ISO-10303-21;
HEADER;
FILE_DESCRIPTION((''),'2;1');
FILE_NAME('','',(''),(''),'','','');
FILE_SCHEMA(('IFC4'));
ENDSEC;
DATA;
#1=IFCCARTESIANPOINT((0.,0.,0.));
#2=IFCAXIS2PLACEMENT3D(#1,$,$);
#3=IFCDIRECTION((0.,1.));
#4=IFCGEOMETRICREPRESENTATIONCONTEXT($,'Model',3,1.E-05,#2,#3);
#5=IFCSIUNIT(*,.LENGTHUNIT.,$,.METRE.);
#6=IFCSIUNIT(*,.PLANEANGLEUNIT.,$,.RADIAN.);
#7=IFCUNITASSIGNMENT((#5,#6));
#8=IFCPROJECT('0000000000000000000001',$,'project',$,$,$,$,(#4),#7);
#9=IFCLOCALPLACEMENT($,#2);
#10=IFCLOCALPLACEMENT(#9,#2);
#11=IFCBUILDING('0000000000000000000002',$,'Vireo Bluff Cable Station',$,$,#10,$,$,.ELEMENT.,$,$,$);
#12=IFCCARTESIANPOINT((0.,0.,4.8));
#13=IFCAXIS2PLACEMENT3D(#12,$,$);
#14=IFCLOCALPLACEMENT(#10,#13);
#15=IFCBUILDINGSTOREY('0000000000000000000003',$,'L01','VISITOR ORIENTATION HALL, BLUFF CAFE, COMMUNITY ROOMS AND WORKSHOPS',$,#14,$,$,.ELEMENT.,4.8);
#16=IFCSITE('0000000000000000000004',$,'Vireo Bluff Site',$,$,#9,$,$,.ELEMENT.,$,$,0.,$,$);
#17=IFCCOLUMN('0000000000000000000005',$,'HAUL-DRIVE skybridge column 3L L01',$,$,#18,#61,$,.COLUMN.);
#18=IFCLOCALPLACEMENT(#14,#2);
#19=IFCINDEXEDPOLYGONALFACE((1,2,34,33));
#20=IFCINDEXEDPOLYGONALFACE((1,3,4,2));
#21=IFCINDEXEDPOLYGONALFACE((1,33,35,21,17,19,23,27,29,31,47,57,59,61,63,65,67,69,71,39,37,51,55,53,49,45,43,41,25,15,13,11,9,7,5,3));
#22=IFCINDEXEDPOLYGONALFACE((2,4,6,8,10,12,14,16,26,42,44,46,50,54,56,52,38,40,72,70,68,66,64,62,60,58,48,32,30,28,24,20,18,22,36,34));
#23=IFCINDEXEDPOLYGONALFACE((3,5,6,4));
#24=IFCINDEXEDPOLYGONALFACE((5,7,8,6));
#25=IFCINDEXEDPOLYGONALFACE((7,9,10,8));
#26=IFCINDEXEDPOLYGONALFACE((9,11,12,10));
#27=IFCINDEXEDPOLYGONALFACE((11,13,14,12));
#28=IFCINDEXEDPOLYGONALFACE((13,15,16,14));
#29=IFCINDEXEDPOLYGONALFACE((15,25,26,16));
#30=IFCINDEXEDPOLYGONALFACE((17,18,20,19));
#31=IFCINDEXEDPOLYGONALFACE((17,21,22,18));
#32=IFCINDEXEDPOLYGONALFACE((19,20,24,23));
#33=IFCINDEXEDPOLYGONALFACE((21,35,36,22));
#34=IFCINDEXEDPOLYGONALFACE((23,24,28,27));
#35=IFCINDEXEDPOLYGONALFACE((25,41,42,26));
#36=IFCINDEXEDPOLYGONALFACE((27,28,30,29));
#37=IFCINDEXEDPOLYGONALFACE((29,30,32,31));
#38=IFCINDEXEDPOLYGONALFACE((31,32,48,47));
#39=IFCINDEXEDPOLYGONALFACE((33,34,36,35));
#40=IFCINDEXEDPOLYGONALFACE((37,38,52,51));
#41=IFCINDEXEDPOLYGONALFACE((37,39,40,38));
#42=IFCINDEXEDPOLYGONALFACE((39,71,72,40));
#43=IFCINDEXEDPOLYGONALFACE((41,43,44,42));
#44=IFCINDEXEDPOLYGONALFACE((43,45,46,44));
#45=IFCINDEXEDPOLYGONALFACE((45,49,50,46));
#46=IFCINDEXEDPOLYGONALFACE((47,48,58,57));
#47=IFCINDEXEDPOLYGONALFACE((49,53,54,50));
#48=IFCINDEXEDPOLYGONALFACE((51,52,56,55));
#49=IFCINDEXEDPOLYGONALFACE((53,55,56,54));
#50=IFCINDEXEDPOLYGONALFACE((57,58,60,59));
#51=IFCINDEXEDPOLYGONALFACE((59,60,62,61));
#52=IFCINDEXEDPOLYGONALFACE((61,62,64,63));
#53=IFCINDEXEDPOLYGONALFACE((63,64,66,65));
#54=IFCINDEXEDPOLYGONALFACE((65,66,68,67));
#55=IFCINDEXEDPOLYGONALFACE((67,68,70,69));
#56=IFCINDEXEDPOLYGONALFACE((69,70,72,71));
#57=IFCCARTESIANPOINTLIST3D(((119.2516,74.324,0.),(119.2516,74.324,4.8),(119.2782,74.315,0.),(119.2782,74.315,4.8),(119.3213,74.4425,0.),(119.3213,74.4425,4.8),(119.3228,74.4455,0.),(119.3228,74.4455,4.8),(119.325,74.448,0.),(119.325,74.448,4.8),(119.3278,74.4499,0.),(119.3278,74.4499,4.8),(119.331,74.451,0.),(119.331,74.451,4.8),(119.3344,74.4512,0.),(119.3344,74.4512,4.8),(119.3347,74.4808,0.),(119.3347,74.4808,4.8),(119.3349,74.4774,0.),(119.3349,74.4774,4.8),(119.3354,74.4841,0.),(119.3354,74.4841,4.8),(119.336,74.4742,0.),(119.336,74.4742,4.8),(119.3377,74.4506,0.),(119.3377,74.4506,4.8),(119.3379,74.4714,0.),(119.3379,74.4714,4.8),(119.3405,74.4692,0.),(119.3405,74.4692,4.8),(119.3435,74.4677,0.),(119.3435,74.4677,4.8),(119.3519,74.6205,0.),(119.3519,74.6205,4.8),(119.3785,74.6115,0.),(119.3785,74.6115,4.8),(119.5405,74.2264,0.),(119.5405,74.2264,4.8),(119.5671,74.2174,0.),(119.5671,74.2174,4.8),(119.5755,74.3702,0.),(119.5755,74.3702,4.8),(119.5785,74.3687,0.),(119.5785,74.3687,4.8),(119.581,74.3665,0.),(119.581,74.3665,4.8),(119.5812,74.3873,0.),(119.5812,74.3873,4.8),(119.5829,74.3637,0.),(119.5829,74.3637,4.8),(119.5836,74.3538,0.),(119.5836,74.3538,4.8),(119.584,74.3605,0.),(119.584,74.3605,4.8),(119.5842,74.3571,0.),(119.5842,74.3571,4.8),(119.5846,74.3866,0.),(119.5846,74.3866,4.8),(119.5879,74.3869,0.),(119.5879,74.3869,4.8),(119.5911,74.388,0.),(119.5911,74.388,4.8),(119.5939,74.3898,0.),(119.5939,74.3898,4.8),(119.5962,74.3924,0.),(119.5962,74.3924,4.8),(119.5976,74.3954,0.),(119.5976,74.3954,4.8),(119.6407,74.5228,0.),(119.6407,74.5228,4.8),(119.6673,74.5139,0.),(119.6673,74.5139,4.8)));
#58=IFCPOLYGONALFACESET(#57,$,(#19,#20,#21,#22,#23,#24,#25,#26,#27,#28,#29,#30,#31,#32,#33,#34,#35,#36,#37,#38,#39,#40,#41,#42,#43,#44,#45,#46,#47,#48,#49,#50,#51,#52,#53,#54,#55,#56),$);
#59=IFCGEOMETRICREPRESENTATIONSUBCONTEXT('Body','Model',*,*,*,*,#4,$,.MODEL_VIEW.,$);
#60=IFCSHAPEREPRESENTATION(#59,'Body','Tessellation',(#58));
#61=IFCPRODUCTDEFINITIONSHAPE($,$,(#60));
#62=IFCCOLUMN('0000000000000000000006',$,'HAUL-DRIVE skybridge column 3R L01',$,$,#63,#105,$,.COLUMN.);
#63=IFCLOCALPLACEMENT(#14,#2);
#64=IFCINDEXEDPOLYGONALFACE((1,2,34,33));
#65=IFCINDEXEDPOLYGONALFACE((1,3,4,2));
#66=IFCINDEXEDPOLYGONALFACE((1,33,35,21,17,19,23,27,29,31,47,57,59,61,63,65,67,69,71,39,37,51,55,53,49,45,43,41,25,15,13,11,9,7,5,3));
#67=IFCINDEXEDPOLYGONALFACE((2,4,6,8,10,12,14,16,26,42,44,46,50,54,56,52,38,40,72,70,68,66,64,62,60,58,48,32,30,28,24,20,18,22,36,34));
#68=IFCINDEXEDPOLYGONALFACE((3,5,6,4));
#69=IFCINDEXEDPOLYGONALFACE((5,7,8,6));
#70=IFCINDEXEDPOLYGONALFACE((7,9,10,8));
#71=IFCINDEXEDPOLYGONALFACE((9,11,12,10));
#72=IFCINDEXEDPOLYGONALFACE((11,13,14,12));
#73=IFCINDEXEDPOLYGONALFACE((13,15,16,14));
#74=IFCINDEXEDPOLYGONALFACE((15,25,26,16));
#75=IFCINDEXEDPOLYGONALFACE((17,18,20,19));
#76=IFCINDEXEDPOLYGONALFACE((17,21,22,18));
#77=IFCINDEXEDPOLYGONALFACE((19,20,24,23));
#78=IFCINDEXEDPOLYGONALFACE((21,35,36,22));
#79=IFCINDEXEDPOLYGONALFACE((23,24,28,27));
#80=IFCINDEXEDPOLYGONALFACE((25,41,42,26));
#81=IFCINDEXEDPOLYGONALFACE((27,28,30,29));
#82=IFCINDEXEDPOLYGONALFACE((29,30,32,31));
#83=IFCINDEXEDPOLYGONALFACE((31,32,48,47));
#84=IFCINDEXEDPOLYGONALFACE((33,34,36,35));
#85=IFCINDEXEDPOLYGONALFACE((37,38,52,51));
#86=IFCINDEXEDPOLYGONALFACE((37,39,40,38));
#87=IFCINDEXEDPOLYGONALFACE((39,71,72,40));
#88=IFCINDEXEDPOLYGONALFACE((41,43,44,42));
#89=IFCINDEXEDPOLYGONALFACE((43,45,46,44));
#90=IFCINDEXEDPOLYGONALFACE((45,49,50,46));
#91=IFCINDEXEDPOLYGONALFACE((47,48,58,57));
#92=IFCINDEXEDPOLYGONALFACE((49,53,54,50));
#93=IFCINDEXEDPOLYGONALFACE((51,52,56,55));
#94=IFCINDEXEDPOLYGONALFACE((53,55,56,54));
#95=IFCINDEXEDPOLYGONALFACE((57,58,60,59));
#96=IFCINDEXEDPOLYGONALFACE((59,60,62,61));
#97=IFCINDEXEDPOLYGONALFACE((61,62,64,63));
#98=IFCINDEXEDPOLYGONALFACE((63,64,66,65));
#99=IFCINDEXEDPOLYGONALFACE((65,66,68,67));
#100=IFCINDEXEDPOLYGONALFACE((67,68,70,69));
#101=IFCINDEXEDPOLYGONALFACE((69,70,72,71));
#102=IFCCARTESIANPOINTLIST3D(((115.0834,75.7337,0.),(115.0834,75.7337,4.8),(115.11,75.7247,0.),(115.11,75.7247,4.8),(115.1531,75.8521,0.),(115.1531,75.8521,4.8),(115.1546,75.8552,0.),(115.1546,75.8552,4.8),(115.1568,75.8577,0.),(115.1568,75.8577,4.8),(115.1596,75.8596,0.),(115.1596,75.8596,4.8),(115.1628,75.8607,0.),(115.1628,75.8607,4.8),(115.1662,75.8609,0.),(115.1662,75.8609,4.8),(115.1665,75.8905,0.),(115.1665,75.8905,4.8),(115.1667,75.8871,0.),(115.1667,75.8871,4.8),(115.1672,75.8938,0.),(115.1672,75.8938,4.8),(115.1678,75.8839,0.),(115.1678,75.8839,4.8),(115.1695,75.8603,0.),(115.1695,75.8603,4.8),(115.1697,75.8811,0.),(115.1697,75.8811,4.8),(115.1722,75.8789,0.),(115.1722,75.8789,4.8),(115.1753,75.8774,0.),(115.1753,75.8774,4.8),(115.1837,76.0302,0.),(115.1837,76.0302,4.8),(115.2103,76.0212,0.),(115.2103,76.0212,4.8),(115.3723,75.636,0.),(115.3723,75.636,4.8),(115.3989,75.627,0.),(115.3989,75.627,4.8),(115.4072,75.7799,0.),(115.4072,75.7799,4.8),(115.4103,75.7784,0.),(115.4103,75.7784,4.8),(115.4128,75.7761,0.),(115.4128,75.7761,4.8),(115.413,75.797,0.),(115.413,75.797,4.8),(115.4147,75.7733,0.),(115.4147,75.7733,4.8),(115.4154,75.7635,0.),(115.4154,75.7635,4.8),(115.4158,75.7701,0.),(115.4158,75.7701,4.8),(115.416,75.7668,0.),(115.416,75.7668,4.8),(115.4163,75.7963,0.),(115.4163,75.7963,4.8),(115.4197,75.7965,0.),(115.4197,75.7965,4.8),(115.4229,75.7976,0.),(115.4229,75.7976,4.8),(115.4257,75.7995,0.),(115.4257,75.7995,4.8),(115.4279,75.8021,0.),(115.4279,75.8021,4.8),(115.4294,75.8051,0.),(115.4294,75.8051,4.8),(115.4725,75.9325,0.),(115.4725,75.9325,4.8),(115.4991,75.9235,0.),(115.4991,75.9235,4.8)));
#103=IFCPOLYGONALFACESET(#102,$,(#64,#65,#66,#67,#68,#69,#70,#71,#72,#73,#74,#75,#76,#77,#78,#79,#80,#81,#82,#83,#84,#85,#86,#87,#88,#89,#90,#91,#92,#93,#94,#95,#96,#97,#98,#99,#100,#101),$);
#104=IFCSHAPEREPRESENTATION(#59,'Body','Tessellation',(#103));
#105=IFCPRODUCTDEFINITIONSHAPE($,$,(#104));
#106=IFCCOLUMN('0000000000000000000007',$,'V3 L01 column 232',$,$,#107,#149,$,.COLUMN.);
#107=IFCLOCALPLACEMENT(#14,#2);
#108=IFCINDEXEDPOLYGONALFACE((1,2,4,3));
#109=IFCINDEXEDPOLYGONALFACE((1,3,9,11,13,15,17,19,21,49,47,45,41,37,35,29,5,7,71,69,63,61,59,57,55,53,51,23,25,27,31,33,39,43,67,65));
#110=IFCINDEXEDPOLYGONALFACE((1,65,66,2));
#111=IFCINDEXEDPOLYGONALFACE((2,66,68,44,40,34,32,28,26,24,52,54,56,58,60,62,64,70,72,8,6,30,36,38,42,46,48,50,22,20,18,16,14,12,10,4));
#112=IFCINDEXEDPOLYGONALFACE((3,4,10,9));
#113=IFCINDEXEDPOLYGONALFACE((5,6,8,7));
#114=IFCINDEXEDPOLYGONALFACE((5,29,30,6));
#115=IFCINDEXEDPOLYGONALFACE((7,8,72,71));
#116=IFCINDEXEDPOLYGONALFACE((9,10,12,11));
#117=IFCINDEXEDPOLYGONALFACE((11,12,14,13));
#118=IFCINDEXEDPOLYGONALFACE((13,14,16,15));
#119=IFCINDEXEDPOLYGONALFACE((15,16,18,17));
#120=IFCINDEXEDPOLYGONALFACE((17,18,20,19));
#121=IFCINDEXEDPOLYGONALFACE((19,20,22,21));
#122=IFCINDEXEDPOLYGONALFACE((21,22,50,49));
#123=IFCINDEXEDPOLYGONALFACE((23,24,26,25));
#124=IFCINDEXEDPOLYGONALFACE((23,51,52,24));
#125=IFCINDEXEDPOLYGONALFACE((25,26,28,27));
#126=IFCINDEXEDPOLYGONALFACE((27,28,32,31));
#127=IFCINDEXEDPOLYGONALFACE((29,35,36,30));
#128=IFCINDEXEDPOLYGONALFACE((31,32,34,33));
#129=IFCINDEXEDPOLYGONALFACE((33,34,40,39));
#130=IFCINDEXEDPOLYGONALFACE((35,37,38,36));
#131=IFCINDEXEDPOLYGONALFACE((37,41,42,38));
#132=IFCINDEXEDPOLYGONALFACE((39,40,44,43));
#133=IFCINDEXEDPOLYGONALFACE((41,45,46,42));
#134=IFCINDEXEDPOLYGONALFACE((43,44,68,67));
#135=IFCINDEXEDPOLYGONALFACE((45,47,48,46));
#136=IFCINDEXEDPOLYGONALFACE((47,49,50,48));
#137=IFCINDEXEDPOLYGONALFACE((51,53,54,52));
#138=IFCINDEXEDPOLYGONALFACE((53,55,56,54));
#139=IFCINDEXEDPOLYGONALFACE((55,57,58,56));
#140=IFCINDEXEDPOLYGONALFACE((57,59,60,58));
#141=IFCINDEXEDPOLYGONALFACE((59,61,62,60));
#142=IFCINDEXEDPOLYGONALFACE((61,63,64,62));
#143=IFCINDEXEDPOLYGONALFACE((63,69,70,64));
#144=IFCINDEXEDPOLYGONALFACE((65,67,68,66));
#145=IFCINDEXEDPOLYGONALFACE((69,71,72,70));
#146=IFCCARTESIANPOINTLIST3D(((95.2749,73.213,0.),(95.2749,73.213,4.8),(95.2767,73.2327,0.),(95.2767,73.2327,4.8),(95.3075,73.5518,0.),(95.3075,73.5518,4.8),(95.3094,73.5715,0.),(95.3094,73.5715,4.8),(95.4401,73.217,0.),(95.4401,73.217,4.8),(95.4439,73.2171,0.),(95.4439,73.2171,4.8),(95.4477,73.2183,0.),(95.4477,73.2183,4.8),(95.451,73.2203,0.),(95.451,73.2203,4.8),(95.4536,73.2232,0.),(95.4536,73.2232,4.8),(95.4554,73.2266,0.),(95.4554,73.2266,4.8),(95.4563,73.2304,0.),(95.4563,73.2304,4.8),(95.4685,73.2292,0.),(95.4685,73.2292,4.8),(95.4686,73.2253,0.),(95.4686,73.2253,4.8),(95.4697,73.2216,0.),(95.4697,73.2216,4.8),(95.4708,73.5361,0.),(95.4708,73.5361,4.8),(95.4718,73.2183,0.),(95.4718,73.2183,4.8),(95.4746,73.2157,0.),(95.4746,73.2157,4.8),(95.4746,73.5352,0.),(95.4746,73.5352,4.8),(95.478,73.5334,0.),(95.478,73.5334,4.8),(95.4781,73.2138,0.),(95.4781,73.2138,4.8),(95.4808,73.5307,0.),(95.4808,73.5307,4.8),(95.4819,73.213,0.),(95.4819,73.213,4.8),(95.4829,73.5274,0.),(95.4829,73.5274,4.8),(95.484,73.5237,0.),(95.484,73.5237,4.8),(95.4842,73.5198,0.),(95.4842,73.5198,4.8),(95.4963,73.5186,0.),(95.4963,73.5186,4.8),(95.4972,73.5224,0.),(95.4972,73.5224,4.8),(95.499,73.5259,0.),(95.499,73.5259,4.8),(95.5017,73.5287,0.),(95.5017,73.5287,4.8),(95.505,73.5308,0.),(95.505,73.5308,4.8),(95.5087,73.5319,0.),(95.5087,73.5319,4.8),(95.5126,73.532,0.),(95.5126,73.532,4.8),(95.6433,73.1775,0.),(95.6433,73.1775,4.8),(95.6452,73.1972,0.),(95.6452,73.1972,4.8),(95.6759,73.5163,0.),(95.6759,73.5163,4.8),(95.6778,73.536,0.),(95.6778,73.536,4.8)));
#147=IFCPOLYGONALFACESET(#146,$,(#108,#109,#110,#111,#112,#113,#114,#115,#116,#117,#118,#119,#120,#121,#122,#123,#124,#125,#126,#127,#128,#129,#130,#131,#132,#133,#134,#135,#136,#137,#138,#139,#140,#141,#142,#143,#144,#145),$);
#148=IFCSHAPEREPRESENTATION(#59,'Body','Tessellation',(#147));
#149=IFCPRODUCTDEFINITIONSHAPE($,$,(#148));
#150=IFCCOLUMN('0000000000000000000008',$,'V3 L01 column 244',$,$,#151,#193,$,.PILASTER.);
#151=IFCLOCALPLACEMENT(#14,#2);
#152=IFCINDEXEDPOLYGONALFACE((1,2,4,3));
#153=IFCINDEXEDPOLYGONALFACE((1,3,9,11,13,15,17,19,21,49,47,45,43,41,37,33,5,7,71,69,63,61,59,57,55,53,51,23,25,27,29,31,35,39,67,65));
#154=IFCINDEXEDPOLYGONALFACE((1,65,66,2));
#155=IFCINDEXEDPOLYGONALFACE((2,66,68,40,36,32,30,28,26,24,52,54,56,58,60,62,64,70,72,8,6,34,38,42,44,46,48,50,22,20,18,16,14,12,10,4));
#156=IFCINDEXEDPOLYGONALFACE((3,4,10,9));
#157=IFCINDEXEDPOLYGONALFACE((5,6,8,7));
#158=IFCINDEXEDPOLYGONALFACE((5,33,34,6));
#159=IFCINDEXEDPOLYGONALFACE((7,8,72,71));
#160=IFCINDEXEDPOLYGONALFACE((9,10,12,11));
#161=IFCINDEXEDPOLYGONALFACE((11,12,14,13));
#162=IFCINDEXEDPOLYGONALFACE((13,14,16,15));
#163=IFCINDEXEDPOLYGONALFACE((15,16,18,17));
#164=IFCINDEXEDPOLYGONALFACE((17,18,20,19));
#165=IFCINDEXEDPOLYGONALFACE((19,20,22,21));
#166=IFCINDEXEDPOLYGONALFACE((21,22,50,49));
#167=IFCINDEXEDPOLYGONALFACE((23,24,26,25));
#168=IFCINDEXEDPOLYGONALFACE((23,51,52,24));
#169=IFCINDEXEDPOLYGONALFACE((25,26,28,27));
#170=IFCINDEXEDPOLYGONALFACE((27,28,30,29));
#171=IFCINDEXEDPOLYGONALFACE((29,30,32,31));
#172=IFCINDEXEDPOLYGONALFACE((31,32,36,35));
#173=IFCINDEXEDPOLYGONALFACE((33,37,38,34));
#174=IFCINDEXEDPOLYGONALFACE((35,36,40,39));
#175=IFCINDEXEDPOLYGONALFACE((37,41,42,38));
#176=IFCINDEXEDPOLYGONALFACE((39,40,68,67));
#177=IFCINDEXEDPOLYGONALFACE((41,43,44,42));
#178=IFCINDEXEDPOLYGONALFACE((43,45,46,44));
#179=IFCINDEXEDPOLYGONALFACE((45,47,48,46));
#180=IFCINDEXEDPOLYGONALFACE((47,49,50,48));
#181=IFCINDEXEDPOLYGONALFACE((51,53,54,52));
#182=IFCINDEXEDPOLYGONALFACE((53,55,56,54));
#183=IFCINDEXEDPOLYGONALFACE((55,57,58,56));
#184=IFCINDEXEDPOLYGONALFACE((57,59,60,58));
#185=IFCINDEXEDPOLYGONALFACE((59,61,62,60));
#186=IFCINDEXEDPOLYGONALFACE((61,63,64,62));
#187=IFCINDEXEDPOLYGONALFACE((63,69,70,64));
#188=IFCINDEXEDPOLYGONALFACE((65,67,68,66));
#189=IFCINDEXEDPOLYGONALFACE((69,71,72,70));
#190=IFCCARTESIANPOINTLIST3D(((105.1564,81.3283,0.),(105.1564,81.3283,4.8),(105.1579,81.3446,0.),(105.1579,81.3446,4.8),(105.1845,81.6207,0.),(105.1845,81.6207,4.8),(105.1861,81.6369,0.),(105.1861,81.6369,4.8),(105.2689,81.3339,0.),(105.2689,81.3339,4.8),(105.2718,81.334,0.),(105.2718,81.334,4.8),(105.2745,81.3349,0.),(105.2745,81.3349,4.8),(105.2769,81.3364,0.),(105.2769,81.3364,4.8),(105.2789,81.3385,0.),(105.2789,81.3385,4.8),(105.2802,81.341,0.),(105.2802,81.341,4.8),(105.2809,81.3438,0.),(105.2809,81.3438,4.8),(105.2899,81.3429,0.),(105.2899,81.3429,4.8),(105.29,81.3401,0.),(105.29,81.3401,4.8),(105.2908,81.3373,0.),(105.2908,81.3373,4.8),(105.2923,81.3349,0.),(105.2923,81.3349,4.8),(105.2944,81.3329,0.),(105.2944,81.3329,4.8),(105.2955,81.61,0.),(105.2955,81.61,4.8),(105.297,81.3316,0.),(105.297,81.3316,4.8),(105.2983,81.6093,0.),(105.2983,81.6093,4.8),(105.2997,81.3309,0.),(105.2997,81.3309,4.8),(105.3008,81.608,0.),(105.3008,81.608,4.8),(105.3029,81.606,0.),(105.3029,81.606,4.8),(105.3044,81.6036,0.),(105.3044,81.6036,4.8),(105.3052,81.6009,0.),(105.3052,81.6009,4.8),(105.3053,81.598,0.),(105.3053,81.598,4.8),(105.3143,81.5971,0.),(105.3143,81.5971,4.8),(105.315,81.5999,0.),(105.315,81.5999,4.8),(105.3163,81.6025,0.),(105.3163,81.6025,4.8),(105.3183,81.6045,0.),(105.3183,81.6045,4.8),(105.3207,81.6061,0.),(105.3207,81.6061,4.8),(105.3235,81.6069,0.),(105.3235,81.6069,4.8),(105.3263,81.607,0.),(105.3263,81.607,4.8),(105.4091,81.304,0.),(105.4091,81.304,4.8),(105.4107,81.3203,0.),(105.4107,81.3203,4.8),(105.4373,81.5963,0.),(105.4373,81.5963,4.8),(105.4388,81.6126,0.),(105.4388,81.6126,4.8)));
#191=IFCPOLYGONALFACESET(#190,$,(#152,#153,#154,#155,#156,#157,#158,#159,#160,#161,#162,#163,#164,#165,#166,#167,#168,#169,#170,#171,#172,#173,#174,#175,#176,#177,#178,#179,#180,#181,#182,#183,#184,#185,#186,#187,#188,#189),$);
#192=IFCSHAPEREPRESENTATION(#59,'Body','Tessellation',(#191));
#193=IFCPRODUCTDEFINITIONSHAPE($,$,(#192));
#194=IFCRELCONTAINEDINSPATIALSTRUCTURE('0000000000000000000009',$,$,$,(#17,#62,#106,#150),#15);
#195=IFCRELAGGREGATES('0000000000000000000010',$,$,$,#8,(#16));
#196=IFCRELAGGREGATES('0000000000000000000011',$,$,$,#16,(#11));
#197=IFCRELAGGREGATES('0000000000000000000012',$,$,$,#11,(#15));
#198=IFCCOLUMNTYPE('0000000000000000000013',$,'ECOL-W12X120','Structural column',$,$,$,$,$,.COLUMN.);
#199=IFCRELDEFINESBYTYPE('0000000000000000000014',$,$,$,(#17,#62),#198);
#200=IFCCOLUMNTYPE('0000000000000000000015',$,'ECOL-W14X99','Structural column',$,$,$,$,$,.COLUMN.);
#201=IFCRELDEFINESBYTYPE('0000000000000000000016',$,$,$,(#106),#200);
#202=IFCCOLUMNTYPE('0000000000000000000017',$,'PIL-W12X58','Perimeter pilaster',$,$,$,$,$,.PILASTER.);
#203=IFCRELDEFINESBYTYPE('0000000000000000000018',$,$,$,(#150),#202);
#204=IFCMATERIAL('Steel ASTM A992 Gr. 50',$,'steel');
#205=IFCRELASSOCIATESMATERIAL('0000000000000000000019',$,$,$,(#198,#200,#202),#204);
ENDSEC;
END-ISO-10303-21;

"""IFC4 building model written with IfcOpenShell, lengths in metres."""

from ifc_helpers import new_model, si_unit, direction, frame, origin, origin_2d, place, context, subcontext, project, spatial, i_section, extrude, material, material_profile, profile_set, type_object, element, save


model = new_model("IFC4")

# Units and contexts
model_context = context("Model", 3, precision=1e-05, world=origin(), true_north=direction((0.0, 1.0)))
body_context = subcontext(model_context, "Body", "Model", "MODEL_VIEW")
ifc_project = project(units=[si_unit("LENGTHUNIT", "METRE"), si_unit("PLANEANGLEUNIT", "RADIAN")], contexts=[model_context])

# Site, building, storey
site_placement = place(None, origin())
site = spatial("IfcSite", under=ifc_project, at=site_placement, Name="Vireo Bluff Site", CompositionType="ELEMENT", RefElevation=0.0)
building_placement = place(site_placement, origin())
building = spatial("IfcBuilding", under=site, at=building_placement, Name="Vireo Bluff Cable Station", CompositionType="ELEMENT")
storey_placement = place(building_placement, frame((0.0, 0.0, 4.8)))
storey = spatial("IfcBuildingStorey", under=building, at=storey_placement, Name="L01", Description="VISITOR ORIENTATION HALL, BLUFF CAFE, COMMUNITY ROOMS AND WORKSHOPS", CompositionType="ELEMENT", Elevation=4.8)

# Columns
ifc_material_1 = material(Name="Steel ASTM A992 Gr. 50", Category="steel")
ifc_material_profile_1 = material_profile(ifc_material_1, i_section(OverallWidth=0.313, OverallDepth=0.333, WebThickness=0.0181, FlangeThickness=0.0281, FilletRadius=0.0129, at=origin_2d()), Name="W12X120")
ifc_profile_set_1 = profile_set([ifc_material_profile_1], Name="Steel ASTM A992 Gr. 50")
column_type_1 = type_object("IfcColumnType", Name="ECOL-W12X120", Description="Structural column", PredefinedType="COLUMN", material=ifc_profile_set_1)
for number, where, z_axis, x_axis, name in (
    (1, (119.4595, 74.4189, 0.0), (0.0, 0.0, 1.0), (0.320352, 0.947299, 0.0), "HAUL-DRIVE skybridge column 3L L01"),
    (2, (115.2913, 75.8286, 0.0), (0.0, 0.0, 1.0), (0.320352, 0.947299, 0.0), "HAUL-DRIVE skybridge column 3R L01"),
):
    element("IfcColumn", number, at=place(storey_placement, frame(where, z_axis=z_axis, x_axis=x_axis)), inside=storey, type_object=column_type_1, Name=name, PredefinedType="COLUMN", context=body_context, shape_type="SweptSolid", body=[
        extrude(i_section(OverallWidth=0.313, OverallDepth=0.333, WebThickness=0.0181, FlangeThickness=0.0281, FilletRadius=0.0129, at=origin_2d()), origin(), (0.0, 0.0, 1.0), 4.8),
    ])
ifc_material_profile_2 = material_profile(ifc_material_1, i_section(OverallWidth=0.3701, OverallDepth=0.3601, WebThickness=0.0122, FlangeThickness=0.0198, FilletRadius=0.0149, at=origin_2d()), Name="W14X99")
ifc_profile_set_2 = profile_set([ifc_material_profile_2], Name="Steel ASTM A992 Gr. 50")
column_type_2 = type_object("IfcColumnType", Name="ECOL-W14X99", Description="Structural column", PredefinedType="COLUMN", material=ifc_profile_set_2)
column_1_placement = place(storey_placement, frame((95.4763, 73.3745, 0.0), z_axis=(0.0, 0.0, 1.0), x_axis=(0.995396, -0.095846, 0.0)))
element("IfcColumn", 3, at=column_1_placement, inside=storey, type_object=column_type_2, Name="V3 L01 column 232", PredefinedType="COLUMN", context=body_context, shape_type="SweptSolid", body=[
    extrude(i_section(OverallWidth=0.3701, OverallDepth=0.3601, WebThickness=0.0122, FlangeThickness=0.0198, FilletRadius=0.0149, at=origin_2d()), origin(), (0.0, 0.0, 1.0), 4.8),
])
ifc_material_profile_3 = material_profile(ifc_material_1, i_section(OverallWidth=0.2539, OverallDepth=0.3101, WebThickness=0.009, FlangeThickness=0.0164, FilletRadius=0.011, at=origin_2d()), Name="W12X58")
ifc_profile_set_3 = profile_set([ifc_material_profile_3], Name="Steel ASTM A992 Gr. 50")
column_type_3 = type_object("IfcColumnType", Name="PIL-W12X58", Description="Perimeter pilaster", PredefinedType="PILASTER", material=ifc_profile_set_3)
column_2_placement = place(storey_placement, frame((105.2976, 81.4705, 0.0), z_axis=(0.0, 0.0, 1.0), x_axis=(0.995396, -0.095846, 0.0)))
element("IfcColumn", 4, at=column_2_placement, inside=storey, type_object=column_type_3, Name="V3 L01 column 244", PredefinedType="PILASTER", context=body_context, shape_type="SweptSolid", body=[
    extrude(i_section(OverallWidth=0.2539, OverallDepth=0.3101, WebThickness=0.009, FlangeThickness=0.0164, FilletRadius=0.011, at=origin_2d()), origin(), (0.0, 0.0, 1.0), 4.8),
])

save(model, "model.ifc")
